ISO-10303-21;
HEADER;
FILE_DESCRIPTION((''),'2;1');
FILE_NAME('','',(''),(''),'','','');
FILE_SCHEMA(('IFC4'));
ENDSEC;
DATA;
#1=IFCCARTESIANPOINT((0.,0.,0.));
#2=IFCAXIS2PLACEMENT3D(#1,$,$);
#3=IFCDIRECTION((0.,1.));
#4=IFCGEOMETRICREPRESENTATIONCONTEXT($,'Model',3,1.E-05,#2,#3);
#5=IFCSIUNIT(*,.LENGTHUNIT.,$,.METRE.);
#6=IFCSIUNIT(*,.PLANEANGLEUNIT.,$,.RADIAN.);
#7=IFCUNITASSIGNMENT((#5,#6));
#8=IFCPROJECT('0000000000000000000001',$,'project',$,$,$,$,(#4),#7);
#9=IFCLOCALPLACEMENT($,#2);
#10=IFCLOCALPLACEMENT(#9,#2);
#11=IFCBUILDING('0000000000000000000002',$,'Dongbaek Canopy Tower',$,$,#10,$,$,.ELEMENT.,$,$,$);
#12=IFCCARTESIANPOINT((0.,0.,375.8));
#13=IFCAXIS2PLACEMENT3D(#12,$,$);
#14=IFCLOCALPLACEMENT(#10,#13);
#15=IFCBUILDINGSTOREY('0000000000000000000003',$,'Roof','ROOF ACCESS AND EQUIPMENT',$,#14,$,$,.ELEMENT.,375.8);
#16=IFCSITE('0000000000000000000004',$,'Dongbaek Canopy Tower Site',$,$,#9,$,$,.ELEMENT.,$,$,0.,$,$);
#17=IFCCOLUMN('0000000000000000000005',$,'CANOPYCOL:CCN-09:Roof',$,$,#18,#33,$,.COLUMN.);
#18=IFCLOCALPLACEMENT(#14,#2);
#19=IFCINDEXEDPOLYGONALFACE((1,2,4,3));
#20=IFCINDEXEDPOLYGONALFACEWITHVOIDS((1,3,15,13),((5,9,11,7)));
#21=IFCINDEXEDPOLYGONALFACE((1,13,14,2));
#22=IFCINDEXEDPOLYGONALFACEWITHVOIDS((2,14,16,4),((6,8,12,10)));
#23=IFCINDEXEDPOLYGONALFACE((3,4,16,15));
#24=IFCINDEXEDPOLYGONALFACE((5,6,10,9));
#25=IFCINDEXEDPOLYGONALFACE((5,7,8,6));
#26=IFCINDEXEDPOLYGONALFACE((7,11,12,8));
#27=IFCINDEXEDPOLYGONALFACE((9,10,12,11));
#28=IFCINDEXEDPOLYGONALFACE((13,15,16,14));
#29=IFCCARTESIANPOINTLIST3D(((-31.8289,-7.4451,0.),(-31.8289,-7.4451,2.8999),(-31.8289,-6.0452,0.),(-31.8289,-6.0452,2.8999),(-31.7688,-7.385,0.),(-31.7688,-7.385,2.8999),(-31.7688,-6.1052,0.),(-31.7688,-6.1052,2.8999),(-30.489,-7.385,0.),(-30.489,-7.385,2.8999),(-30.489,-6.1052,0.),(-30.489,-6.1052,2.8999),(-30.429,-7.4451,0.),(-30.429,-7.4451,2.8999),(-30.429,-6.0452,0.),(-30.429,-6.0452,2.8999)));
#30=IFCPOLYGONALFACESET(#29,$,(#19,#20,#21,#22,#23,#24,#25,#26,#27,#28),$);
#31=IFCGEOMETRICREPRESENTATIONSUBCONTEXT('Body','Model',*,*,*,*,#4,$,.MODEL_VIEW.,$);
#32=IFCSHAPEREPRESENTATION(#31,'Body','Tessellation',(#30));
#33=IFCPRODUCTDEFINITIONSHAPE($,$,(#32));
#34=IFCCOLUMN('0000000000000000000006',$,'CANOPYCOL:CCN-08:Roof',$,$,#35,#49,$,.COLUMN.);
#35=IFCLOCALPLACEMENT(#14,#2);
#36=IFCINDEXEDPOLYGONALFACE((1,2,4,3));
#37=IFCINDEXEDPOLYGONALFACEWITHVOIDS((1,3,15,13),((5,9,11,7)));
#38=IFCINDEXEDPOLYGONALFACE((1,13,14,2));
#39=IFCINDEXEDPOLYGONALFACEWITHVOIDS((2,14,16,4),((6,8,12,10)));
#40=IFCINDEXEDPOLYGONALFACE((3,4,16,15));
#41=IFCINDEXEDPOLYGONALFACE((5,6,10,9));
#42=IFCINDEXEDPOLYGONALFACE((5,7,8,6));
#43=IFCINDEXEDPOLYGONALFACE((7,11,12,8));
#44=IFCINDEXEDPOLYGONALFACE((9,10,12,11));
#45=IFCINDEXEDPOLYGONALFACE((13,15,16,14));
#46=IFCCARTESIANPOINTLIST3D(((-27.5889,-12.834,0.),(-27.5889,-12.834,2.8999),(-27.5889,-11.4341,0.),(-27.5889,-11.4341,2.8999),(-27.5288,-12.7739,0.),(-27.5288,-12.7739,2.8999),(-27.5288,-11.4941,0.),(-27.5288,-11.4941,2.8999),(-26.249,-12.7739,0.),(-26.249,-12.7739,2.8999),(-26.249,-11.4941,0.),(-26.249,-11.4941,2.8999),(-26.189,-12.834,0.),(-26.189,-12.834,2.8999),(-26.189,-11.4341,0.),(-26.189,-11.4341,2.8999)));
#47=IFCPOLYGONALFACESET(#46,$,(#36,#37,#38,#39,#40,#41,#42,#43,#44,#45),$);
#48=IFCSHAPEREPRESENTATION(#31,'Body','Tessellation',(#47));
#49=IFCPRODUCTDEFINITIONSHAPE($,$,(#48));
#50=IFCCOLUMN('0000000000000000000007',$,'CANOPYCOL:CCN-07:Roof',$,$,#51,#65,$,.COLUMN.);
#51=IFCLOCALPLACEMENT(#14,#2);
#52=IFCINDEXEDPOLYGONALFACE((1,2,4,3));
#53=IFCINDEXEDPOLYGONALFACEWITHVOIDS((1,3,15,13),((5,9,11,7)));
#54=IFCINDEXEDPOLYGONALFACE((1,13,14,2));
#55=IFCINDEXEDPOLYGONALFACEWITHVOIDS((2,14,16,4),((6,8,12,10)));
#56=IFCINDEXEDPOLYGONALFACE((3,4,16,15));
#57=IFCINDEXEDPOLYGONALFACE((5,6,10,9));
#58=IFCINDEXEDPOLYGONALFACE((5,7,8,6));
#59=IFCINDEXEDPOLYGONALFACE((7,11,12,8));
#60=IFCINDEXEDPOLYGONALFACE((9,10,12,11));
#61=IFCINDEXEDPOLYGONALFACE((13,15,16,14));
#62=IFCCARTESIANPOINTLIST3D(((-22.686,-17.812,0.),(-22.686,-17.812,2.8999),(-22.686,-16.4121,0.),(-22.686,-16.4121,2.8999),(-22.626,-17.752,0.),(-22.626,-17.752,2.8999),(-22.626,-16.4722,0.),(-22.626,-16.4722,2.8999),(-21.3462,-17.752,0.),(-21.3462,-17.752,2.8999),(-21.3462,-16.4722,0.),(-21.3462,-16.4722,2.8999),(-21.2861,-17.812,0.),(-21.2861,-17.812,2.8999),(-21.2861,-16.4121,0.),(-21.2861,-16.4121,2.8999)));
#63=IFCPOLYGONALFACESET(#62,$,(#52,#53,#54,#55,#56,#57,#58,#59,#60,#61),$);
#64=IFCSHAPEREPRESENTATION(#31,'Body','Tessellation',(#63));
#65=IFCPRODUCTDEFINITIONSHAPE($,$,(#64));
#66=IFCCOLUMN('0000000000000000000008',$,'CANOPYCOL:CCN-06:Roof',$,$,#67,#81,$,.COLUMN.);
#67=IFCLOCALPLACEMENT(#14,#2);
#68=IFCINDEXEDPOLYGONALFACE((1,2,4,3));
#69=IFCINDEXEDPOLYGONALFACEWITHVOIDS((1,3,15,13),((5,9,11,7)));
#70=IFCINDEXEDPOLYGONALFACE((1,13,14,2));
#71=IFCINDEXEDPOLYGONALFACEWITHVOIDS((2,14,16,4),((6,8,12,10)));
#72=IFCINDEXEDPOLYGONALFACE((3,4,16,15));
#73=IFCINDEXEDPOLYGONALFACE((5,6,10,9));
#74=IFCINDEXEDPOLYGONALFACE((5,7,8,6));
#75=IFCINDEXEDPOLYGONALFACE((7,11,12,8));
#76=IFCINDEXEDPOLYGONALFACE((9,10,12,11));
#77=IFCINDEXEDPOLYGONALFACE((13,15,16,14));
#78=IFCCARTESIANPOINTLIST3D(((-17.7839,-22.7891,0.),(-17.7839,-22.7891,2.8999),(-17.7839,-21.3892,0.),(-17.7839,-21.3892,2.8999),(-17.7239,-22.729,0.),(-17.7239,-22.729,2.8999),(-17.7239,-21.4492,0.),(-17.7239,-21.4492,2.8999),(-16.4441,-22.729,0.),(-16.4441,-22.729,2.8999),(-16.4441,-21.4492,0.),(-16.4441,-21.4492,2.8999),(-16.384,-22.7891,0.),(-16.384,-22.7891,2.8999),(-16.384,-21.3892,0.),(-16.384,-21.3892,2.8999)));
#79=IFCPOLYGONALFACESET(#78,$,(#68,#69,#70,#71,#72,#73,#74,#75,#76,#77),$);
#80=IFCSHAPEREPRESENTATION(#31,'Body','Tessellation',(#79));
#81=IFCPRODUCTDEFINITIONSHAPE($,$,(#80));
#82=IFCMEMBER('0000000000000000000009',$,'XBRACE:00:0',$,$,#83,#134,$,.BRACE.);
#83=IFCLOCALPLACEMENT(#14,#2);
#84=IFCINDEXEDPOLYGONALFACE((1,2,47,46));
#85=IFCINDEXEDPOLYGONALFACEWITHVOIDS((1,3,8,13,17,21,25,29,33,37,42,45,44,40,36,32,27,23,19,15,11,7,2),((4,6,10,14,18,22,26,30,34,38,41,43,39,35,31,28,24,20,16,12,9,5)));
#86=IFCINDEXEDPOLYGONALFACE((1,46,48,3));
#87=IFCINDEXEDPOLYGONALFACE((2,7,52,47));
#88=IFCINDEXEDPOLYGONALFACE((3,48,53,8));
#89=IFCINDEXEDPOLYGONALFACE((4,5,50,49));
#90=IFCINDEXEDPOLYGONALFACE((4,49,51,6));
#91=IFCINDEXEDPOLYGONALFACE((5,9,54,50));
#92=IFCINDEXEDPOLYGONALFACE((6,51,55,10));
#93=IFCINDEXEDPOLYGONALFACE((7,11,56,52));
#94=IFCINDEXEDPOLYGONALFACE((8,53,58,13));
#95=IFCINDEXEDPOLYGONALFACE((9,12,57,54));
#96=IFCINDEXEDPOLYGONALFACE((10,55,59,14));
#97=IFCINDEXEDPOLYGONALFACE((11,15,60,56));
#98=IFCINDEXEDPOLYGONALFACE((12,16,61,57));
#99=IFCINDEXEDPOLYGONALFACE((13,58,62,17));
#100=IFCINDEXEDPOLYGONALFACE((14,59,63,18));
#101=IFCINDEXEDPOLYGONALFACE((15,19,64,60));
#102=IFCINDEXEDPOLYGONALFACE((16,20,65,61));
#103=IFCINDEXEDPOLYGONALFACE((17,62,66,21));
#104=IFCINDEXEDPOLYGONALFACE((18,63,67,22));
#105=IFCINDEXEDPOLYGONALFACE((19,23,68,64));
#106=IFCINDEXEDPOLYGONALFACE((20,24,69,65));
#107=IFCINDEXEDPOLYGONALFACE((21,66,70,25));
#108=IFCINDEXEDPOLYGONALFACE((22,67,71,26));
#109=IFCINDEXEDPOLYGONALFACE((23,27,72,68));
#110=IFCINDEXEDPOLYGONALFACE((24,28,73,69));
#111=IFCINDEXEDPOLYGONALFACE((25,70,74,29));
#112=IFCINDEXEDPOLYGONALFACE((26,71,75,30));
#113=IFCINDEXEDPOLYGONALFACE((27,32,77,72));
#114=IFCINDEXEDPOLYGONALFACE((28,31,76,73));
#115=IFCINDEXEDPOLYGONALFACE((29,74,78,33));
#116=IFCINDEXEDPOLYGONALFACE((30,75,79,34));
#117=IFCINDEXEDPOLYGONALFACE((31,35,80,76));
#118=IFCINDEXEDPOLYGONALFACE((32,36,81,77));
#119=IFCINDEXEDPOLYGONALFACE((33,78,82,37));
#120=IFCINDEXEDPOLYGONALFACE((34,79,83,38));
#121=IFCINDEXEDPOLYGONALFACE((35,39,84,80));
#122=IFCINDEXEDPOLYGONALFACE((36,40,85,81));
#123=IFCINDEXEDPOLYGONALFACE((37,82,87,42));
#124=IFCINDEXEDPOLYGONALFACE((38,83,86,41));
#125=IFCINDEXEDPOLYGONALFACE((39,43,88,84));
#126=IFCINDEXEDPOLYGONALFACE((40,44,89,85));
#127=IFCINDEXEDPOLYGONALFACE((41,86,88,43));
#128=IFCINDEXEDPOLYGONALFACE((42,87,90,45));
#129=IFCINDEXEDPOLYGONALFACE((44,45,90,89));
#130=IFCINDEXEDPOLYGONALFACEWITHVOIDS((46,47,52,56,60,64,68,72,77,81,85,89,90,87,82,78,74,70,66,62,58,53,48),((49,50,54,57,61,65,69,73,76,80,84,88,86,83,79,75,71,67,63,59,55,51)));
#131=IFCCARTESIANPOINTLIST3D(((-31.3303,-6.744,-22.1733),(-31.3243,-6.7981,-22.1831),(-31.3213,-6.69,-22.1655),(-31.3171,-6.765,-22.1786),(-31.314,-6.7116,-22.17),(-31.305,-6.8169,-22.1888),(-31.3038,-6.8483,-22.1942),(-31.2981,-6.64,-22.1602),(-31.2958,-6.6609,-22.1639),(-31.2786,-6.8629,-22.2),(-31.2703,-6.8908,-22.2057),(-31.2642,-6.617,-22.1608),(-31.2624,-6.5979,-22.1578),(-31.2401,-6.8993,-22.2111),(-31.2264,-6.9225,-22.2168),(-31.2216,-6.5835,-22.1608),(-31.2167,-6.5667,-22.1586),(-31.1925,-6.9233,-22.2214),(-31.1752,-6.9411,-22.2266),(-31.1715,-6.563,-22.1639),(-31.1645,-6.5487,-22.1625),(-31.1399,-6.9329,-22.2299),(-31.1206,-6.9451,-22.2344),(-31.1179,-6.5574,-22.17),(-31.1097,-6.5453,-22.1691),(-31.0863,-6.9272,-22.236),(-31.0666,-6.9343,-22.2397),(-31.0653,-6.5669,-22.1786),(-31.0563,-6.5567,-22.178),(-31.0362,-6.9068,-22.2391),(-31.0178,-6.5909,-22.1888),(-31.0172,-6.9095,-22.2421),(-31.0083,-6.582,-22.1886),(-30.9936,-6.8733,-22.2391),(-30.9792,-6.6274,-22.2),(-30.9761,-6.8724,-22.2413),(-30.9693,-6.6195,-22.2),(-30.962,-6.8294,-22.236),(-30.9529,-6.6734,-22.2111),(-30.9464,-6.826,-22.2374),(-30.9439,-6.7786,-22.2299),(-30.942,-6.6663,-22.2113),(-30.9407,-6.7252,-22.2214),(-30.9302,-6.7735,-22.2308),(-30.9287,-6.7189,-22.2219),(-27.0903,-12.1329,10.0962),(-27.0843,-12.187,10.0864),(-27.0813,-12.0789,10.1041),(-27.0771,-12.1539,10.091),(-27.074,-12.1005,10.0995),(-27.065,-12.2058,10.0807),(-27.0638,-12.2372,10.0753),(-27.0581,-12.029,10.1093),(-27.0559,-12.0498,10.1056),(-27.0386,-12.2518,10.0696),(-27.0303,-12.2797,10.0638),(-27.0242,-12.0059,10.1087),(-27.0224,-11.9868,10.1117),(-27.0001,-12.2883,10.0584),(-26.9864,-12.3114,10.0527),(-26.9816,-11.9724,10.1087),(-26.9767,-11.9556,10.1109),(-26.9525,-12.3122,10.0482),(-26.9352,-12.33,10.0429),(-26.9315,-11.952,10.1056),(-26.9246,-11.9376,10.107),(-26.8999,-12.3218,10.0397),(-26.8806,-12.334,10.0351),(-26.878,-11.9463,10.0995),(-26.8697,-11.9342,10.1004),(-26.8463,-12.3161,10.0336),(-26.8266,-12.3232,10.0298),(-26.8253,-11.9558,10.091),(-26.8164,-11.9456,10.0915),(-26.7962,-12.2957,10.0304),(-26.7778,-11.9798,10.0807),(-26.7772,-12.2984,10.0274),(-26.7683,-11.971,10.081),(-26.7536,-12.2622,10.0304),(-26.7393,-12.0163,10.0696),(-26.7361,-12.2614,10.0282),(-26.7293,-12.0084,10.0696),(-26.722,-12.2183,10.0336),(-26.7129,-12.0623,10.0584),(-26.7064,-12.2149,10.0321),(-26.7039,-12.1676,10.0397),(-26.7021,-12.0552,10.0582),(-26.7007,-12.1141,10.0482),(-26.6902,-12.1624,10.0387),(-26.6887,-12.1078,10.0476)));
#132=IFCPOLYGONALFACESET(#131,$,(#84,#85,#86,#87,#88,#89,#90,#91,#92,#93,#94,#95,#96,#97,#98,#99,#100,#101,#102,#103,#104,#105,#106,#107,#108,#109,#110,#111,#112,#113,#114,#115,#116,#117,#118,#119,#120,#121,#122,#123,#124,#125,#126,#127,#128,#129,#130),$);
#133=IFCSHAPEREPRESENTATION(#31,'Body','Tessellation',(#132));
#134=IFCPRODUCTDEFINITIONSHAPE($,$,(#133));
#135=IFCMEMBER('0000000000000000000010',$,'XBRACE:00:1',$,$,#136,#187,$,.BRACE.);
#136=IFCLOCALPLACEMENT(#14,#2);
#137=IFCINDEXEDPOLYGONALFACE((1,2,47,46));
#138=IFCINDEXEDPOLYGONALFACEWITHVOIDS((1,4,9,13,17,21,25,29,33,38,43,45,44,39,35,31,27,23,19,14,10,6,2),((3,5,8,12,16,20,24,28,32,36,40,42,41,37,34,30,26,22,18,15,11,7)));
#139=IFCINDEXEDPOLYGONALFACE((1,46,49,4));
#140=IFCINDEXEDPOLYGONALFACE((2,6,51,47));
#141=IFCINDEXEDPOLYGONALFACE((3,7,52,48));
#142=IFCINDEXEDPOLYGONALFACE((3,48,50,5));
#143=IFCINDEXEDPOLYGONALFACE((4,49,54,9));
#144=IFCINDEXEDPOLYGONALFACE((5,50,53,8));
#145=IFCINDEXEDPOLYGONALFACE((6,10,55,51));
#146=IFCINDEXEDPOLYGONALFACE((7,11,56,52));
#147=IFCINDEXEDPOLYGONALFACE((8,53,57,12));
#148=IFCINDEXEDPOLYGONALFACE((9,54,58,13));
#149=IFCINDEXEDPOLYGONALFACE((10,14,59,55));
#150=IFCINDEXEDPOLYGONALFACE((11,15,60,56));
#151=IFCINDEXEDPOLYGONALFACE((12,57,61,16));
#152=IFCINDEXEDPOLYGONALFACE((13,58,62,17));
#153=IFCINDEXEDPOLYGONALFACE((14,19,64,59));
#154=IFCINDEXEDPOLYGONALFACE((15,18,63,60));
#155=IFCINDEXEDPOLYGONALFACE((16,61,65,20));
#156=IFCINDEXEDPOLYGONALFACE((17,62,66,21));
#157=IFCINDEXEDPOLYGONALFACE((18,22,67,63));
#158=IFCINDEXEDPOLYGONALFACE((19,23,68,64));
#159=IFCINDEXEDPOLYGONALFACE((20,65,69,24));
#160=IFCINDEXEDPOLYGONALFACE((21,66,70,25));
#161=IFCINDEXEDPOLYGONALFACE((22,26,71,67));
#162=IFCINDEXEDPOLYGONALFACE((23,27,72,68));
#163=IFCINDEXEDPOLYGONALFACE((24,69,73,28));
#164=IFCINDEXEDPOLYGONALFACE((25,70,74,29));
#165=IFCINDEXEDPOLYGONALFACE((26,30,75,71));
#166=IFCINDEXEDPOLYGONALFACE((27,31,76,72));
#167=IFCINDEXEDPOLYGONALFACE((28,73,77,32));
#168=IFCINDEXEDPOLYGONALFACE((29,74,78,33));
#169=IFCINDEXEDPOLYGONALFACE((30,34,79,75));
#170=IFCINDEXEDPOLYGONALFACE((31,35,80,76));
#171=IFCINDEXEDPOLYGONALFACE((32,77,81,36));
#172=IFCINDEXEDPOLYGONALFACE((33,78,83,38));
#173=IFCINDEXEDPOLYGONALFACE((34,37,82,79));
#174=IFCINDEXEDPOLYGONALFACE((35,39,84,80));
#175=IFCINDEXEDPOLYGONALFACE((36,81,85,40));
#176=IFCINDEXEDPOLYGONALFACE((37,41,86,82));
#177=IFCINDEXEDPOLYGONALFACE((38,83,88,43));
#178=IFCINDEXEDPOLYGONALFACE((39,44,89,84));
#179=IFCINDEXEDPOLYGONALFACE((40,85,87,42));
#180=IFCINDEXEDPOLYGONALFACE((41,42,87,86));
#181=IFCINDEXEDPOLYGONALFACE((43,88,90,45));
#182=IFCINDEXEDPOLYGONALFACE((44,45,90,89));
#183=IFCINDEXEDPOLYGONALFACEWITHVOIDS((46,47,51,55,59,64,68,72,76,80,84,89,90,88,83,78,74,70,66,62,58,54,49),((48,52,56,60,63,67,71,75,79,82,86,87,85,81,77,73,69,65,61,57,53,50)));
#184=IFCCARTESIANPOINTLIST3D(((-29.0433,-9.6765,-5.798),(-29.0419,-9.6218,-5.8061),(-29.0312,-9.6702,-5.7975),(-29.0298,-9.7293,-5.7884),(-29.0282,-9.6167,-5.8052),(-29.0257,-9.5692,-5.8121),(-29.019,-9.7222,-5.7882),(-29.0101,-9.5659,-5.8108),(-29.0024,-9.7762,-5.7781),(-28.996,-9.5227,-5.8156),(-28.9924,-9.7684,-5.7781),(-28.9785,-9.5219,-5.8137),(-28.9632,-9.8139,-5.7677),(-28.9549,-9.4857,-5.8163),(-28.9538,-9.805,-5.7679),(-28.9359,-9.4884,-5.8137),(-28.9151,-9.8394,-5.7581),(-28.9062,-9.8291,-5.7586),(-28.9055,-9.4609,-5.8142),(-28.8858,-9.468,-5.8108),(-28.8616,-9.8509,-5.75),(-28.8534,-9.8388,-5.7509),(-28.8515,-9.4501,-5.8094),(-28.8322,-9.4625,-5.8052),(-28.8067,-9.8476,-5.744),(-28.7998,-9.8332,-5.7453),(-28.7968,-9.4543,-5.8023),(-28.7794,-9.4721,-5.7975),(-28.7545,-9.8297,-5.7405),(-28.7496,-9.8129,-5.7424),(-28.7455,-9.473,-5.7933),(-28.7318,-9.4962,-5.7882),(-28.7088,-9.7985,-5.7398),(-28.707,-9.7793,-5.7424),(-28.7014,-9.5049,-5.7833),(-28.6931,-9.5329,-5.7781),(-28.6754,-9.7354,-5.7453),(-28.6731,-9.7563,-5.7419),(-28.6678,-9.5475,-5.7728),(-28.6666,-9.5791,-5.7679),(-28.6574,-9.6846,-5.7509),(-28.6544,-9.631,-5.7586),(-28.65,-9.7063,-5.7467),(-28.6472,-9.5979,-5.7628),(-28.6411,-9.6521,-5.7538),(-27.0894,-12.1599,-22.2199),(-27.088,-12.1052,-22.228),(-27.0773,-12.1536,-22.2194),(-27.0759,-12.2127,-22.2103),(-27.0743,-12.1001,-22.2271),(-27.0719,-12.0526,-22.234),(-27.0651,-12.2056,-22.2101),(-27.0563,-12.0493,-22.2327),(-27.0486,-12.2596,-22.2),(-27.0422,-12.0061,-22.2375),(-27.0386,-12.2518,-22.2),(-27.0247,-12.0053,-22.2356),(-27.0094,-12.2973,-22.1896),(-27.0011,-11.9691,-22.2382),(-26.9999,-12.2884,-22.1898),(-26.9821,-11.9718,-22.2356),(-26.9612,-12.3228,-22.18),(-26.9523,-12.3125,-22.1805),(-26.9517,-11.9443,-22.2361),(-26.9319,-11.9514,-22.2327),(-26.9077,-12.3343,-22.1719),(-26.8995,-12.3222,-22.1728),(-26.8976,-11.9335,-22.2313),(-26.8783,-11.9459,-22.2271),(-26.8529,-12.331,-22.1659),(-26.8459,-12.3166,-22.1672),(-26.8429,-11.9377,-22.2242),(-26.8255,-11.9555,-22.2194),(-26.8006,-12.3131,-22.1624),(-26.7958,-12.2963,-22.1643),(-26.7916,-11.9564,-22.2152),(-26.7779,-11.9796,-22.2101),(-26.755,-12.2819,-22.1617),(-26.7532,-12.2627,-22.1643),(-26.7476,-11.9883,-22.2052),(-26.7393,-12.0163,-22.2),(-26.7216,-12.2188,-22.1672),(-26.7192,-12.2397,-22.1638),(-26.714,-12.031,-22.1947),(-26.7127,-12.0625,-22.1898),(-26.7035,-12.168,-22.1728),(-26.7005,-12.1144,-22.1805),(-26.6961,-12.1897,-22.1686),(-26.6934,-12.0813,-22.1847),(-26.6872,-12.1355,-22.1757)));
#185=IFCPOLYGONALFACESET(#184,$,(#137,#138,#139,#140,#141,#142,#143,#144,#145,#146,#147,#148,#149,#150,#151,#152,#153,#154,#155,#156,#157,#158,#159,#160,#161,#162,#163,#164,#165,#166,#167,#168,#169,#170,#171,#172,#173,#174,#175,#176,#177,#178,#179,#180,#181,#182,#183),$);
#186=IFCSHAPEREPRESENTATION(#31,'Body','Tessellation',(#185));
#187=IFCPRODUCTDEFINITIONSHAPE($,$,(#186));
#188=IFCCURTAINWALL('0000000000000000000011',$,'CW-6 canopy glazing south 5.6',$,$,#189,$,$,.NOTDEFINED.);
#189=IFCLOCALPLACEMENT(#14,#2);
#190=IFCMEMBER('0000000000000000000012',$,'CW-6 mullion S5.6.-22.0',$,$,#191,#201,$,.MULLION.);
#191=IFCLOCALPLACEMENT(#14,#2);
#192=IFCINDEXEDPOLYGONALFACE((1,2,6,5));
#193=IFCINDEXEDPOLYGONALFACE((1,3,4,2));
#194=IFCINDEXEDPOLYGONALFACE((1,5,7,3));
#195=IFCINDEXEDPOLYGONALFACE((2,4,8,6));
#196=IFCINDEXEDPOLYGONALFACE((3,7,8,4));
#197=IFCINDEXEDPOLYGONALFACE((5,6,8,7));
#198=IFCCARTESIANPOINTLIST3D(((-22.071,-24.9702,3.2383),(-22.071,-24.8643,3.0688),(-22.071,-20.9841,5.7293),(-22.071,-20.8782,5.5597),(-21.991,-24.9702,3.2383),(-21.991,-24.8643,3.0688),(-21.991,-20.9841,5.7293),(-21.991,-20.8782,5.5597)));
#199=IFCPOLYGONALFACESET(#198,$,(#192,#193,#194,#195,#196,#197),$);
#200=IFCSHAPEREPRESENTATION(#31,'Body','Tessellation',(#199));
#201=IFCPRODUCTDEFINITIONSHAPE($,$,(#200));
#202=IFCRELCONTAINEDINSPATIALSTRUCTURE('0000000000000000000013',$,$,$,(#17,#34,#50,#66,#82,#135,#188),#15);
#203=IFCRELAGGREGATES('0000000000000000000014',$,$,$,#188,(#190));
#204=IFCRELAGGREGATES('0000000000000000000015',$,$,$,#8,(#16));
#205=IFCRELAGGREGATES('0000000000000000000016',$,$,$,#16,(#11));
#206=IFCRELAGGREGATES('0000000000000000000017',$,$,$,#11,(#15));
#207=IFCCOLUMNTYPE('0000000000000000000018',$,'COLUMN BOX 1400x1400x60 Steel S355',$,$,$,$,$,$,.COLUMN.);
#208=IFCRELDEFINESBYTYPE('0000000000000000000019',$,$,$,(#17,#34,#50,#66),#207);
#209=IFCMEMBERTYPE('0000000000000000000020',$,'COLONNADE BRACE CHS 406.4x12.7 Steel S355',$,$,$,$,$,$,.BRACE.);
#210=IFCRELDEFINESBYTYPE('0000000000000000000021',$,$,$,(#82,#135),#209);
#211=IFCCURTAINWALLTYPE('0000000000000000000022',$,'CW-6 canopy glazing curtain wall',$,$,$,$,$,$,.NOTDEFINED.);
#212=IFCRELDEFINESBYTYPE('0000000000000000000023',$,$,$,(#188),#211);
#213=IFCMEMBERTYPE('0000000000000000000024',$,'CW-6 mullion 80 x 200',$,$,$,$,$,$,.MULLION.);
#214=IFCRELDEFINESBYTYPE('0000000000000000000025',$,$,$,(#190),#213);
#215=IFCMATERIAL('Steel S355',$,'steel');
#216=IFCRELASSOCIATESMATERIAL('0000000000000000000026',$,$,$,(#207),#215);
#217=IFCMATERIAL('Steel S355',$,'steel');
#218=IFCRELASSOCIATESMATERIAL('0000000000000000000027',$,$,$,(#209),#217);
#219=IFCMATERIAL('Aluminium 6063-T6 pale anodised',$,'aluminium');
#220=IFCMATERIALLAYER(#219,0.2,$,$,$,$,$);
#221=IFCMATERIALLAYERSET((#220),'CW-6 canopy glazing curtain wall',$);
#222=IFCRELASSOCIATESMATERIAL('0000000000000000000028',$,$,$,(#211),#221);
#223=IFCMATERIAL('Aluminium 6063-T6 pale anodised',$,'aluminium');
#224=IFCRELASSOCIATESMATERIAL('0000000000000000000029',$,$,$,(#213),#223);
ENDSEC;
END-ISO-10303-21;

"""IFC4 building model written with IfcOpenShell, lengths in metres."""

from ifc_helpers import new_model, si_unit, direction, frame, origin, origin_2d, place, context, subcontext, project, spatial, rectangle, hollow_rectangle, hollow_circle, extrude, material, layer, layer_set, material_profile, profile_set, type_object, element, aggregate, save


model = new_model("IFC4")

# Units and contexts
model_context = context("Model", 3, precision=1e-05, world=origin(), true_north=direction((0.0, 1.0)))
body_context = subcontext(model_context, "Body", "Model", "MODEL_VIEW")
ifc_project = project(units=[si_unit("LENGTHUNIT", "METRE"), si_unit("PLANEANGLEUNIT", "RADIAN")], contexts=[model_context])

# Site, building, storey
site_placement = place(None, origin())
site = spatial("IfcSite", under=ifc_project, at=site_placement, Name="Dongbaek Canopy Tower Site", CompositionType="ELEMENT", RefElevation=0.0)
building_placement = place(site_placement, origin())
building = spatial("IfcBuilding", under=site, at=building_placement, Name="Dongbaek Canopy Tower", CompositionType="ELEMENT")
storey_placement = place(building_placement, frame((0.0, 0.0, 375.8)))
storey = spatial("IfcBuildingStorey", under=building, at=storey_placement, Name="Roof", Description="ROOF ACCESS AND EQUIPMENT", CompositionType="ELEMENT", Elevation=375.8)

# Columns
ifc_material_1 = material(Name="Steel S355", Category="steel")
ifc_material_profile_1 = material_profile(ifc_material_1, hollow_rectangle(XDim=1.3999, YDim=1.3999, WallThickness=0.0601, at=origin_2d()), Name="COLUMN BOX 1400x1400x60 Steel S355")
ifc_profile_set_1 = profile_set([ifc_material_profile_1], Name="Steel S355")
column_type = type_object("IfcColumnType", Name="COLUMN BOX 1400x1400x60 Steel S355", PredefinedType="COLUMN", material=ifc_profile_set_1)
for number, where, z_axis, x_axis, name in (
    (1, (-31.1289, -6.7451, 0.0), (0.0, 0.0, 1.0), (1.0, 0.0, 0.0), "CANOPYCOL:CCN-09:Roof"),
    (2, (-26.8889, -12.134, 0.0), (0.0, 0.0, 1.0), (1.0, 0.0, 0.0), "CANOPYCOL:CCN-08:Roof"),
    (3, (-21.9861, -17.1121, 0.0), (0.0, 0.0, 1.0), (1.0, 0.0, 0.0), "CANOPYCOL:CCN-07:Roof"),
    (4, (-17.084, -22.0891, 0.0), (0.0, 0.0, 1.0), (1.0, 0.0, 0.0), "CANOPYCOL:CCN-06:Roof"),
):
    element("IfcColumn", number, at=place(storey_placement, frame(where, z_axis=z_axis, x_axis=x_axis)), inside=storey, type_object=column_type, Name=name, PredefinedType="COLUMN", context=body_context, shape_type="SweptSolid", body=[
        extrude(hollow_rectangle(XDim=1.3999, YDim=1.3999, WallThickness=0.0601, at=origin_2d()), origin(), (0.0, 0.0, 1.0), 2.8999),
    ])

# Members
ifc_material_2 = material(Name="Steel S355", Category="steel")
ifc_material_profile_2 = material_profile(ifc_material_2, hollow_circle(Radius=0.2031, WallThickness=0.0127, at=origin_2d()), Name="COLONNADE BRACE CHS 406.4x12.7 Steel S355")
ifc_profile_set_2 = profile_set([ifc_material_profile_2], Name="Steel S355")
member_type_1 = type_object("IfcMemberType", Name="COLONNADE BRACE CHS 406.4x12.7 Steel S355", PredefinedType="BRACE", material=ifc_profile_set_2)
member_1_placement = place(storey_placement, frame((-31.1289, -6.7451, -22.2), z_axis=(0.128523, -0.16335, 0.978161), x_axis=(0.785904, 0.618348, 0.0)))
element("IfcMember", 5, at=member_1_placement, inside=storey, type_object=member_type_1, Name="XBRACE:00:0", PredefinedType="BRACE", context=body_context, shape_type="SweptSolid", body=[
    extrude(hollow_circle(Radius=0.2031, WallThickness=0.0127, at=origin_2d()), origin(), (0.0, 0.0, 1.0), 32.99),
])
member_2_placement = place(storey_placement, frame((-26.8889, -12.134, -22.2), z_axis=(-0.116836, 0.148501, 0.981986), x_axis=(-0.785916, -0.618333, 0.0)))
element("IfcMember", 6, at=member_2_placement, inside=storey, type_object=member_type_1, Name="XBRACE:00:1", PredefinedType="BRACE", context=body_context, shape_type="SweptSolid", body=[
    extrude(hollow_circle(Radius=0.2031, WallThickness=0.0127, at=origin_2d()), origin(), (0.0, 0.0, 1.0), 16.7231),
])

# Curtain wall, member
ifc_material_3 = material(Name="Aluminium 6063-T6 pale anodised", Category="aluminium")
ifc_layer_1 = layer(ifc_material_3, 0.2)
ifc_layer_set_1 = layer_set([ifc_layer_1], Name="CW-6 canopy glazing curtain wall")
curtain_wall_type = type_object("IfcCurtainWallType", Name="CW-6 canopy glazing curtain wall", PredefinedType="NOTDEFINED", material=ifc_layer_set_1)
curtain_wall_1_placement = place(storey_placement, origin())
curtain_wall_1 = element("IfcCurtainWall", 7, at=curtain_wall_1_placement, inside=storey, type_object=curtain_wall_type, Name="CW-6 canopy glazing south 5.6", PredefinedType="NOTDEFINED")
ifc_material_4 = material(Name="Aluminium 6063-T6 pale anodised", Category="aluminium")
ifc_material_profile_3 = material_profile(ifc_material_4, rectangle(XDim=0.0801, YDim=0.2, at=origin_2d()), Name="CW-6 mullion 80 x 200")
ifc_profile_set_3 = profile_set([ifc_material_profile_3], Name="Aluminium 6063-T6 pale anodised")
member_type_2 = type_object("IfcMemberType", Name="CW-6 mullion 80 x 200", PredefinedType="MULLION", material=ifc_profile_set_3)
member_3_placement = place(storey_placement, frame((-22.031, -20.9312, 5.6445), z_axis=(0.0, -0.84803, -0.529948), x_axis=(1.0, 0.0, 0.0)))
member_3 = element("IfcMember", 8, at=member_3_placement, type_object=member_type_2, Name="CW-6 mullion S5.6.-22.0", PredefinedType="MULLION", context=body_context, shape_type="SweptSolid", body=[
    extrude(rectangle(XDim=0.0801, YDim=0.2, at=origin_2d()), origin(), (0.0, 0.0, 1.0), 4.7004),
])

aggregate(curtain_wall_1, [member_3])

save(model, "model.ifc")
